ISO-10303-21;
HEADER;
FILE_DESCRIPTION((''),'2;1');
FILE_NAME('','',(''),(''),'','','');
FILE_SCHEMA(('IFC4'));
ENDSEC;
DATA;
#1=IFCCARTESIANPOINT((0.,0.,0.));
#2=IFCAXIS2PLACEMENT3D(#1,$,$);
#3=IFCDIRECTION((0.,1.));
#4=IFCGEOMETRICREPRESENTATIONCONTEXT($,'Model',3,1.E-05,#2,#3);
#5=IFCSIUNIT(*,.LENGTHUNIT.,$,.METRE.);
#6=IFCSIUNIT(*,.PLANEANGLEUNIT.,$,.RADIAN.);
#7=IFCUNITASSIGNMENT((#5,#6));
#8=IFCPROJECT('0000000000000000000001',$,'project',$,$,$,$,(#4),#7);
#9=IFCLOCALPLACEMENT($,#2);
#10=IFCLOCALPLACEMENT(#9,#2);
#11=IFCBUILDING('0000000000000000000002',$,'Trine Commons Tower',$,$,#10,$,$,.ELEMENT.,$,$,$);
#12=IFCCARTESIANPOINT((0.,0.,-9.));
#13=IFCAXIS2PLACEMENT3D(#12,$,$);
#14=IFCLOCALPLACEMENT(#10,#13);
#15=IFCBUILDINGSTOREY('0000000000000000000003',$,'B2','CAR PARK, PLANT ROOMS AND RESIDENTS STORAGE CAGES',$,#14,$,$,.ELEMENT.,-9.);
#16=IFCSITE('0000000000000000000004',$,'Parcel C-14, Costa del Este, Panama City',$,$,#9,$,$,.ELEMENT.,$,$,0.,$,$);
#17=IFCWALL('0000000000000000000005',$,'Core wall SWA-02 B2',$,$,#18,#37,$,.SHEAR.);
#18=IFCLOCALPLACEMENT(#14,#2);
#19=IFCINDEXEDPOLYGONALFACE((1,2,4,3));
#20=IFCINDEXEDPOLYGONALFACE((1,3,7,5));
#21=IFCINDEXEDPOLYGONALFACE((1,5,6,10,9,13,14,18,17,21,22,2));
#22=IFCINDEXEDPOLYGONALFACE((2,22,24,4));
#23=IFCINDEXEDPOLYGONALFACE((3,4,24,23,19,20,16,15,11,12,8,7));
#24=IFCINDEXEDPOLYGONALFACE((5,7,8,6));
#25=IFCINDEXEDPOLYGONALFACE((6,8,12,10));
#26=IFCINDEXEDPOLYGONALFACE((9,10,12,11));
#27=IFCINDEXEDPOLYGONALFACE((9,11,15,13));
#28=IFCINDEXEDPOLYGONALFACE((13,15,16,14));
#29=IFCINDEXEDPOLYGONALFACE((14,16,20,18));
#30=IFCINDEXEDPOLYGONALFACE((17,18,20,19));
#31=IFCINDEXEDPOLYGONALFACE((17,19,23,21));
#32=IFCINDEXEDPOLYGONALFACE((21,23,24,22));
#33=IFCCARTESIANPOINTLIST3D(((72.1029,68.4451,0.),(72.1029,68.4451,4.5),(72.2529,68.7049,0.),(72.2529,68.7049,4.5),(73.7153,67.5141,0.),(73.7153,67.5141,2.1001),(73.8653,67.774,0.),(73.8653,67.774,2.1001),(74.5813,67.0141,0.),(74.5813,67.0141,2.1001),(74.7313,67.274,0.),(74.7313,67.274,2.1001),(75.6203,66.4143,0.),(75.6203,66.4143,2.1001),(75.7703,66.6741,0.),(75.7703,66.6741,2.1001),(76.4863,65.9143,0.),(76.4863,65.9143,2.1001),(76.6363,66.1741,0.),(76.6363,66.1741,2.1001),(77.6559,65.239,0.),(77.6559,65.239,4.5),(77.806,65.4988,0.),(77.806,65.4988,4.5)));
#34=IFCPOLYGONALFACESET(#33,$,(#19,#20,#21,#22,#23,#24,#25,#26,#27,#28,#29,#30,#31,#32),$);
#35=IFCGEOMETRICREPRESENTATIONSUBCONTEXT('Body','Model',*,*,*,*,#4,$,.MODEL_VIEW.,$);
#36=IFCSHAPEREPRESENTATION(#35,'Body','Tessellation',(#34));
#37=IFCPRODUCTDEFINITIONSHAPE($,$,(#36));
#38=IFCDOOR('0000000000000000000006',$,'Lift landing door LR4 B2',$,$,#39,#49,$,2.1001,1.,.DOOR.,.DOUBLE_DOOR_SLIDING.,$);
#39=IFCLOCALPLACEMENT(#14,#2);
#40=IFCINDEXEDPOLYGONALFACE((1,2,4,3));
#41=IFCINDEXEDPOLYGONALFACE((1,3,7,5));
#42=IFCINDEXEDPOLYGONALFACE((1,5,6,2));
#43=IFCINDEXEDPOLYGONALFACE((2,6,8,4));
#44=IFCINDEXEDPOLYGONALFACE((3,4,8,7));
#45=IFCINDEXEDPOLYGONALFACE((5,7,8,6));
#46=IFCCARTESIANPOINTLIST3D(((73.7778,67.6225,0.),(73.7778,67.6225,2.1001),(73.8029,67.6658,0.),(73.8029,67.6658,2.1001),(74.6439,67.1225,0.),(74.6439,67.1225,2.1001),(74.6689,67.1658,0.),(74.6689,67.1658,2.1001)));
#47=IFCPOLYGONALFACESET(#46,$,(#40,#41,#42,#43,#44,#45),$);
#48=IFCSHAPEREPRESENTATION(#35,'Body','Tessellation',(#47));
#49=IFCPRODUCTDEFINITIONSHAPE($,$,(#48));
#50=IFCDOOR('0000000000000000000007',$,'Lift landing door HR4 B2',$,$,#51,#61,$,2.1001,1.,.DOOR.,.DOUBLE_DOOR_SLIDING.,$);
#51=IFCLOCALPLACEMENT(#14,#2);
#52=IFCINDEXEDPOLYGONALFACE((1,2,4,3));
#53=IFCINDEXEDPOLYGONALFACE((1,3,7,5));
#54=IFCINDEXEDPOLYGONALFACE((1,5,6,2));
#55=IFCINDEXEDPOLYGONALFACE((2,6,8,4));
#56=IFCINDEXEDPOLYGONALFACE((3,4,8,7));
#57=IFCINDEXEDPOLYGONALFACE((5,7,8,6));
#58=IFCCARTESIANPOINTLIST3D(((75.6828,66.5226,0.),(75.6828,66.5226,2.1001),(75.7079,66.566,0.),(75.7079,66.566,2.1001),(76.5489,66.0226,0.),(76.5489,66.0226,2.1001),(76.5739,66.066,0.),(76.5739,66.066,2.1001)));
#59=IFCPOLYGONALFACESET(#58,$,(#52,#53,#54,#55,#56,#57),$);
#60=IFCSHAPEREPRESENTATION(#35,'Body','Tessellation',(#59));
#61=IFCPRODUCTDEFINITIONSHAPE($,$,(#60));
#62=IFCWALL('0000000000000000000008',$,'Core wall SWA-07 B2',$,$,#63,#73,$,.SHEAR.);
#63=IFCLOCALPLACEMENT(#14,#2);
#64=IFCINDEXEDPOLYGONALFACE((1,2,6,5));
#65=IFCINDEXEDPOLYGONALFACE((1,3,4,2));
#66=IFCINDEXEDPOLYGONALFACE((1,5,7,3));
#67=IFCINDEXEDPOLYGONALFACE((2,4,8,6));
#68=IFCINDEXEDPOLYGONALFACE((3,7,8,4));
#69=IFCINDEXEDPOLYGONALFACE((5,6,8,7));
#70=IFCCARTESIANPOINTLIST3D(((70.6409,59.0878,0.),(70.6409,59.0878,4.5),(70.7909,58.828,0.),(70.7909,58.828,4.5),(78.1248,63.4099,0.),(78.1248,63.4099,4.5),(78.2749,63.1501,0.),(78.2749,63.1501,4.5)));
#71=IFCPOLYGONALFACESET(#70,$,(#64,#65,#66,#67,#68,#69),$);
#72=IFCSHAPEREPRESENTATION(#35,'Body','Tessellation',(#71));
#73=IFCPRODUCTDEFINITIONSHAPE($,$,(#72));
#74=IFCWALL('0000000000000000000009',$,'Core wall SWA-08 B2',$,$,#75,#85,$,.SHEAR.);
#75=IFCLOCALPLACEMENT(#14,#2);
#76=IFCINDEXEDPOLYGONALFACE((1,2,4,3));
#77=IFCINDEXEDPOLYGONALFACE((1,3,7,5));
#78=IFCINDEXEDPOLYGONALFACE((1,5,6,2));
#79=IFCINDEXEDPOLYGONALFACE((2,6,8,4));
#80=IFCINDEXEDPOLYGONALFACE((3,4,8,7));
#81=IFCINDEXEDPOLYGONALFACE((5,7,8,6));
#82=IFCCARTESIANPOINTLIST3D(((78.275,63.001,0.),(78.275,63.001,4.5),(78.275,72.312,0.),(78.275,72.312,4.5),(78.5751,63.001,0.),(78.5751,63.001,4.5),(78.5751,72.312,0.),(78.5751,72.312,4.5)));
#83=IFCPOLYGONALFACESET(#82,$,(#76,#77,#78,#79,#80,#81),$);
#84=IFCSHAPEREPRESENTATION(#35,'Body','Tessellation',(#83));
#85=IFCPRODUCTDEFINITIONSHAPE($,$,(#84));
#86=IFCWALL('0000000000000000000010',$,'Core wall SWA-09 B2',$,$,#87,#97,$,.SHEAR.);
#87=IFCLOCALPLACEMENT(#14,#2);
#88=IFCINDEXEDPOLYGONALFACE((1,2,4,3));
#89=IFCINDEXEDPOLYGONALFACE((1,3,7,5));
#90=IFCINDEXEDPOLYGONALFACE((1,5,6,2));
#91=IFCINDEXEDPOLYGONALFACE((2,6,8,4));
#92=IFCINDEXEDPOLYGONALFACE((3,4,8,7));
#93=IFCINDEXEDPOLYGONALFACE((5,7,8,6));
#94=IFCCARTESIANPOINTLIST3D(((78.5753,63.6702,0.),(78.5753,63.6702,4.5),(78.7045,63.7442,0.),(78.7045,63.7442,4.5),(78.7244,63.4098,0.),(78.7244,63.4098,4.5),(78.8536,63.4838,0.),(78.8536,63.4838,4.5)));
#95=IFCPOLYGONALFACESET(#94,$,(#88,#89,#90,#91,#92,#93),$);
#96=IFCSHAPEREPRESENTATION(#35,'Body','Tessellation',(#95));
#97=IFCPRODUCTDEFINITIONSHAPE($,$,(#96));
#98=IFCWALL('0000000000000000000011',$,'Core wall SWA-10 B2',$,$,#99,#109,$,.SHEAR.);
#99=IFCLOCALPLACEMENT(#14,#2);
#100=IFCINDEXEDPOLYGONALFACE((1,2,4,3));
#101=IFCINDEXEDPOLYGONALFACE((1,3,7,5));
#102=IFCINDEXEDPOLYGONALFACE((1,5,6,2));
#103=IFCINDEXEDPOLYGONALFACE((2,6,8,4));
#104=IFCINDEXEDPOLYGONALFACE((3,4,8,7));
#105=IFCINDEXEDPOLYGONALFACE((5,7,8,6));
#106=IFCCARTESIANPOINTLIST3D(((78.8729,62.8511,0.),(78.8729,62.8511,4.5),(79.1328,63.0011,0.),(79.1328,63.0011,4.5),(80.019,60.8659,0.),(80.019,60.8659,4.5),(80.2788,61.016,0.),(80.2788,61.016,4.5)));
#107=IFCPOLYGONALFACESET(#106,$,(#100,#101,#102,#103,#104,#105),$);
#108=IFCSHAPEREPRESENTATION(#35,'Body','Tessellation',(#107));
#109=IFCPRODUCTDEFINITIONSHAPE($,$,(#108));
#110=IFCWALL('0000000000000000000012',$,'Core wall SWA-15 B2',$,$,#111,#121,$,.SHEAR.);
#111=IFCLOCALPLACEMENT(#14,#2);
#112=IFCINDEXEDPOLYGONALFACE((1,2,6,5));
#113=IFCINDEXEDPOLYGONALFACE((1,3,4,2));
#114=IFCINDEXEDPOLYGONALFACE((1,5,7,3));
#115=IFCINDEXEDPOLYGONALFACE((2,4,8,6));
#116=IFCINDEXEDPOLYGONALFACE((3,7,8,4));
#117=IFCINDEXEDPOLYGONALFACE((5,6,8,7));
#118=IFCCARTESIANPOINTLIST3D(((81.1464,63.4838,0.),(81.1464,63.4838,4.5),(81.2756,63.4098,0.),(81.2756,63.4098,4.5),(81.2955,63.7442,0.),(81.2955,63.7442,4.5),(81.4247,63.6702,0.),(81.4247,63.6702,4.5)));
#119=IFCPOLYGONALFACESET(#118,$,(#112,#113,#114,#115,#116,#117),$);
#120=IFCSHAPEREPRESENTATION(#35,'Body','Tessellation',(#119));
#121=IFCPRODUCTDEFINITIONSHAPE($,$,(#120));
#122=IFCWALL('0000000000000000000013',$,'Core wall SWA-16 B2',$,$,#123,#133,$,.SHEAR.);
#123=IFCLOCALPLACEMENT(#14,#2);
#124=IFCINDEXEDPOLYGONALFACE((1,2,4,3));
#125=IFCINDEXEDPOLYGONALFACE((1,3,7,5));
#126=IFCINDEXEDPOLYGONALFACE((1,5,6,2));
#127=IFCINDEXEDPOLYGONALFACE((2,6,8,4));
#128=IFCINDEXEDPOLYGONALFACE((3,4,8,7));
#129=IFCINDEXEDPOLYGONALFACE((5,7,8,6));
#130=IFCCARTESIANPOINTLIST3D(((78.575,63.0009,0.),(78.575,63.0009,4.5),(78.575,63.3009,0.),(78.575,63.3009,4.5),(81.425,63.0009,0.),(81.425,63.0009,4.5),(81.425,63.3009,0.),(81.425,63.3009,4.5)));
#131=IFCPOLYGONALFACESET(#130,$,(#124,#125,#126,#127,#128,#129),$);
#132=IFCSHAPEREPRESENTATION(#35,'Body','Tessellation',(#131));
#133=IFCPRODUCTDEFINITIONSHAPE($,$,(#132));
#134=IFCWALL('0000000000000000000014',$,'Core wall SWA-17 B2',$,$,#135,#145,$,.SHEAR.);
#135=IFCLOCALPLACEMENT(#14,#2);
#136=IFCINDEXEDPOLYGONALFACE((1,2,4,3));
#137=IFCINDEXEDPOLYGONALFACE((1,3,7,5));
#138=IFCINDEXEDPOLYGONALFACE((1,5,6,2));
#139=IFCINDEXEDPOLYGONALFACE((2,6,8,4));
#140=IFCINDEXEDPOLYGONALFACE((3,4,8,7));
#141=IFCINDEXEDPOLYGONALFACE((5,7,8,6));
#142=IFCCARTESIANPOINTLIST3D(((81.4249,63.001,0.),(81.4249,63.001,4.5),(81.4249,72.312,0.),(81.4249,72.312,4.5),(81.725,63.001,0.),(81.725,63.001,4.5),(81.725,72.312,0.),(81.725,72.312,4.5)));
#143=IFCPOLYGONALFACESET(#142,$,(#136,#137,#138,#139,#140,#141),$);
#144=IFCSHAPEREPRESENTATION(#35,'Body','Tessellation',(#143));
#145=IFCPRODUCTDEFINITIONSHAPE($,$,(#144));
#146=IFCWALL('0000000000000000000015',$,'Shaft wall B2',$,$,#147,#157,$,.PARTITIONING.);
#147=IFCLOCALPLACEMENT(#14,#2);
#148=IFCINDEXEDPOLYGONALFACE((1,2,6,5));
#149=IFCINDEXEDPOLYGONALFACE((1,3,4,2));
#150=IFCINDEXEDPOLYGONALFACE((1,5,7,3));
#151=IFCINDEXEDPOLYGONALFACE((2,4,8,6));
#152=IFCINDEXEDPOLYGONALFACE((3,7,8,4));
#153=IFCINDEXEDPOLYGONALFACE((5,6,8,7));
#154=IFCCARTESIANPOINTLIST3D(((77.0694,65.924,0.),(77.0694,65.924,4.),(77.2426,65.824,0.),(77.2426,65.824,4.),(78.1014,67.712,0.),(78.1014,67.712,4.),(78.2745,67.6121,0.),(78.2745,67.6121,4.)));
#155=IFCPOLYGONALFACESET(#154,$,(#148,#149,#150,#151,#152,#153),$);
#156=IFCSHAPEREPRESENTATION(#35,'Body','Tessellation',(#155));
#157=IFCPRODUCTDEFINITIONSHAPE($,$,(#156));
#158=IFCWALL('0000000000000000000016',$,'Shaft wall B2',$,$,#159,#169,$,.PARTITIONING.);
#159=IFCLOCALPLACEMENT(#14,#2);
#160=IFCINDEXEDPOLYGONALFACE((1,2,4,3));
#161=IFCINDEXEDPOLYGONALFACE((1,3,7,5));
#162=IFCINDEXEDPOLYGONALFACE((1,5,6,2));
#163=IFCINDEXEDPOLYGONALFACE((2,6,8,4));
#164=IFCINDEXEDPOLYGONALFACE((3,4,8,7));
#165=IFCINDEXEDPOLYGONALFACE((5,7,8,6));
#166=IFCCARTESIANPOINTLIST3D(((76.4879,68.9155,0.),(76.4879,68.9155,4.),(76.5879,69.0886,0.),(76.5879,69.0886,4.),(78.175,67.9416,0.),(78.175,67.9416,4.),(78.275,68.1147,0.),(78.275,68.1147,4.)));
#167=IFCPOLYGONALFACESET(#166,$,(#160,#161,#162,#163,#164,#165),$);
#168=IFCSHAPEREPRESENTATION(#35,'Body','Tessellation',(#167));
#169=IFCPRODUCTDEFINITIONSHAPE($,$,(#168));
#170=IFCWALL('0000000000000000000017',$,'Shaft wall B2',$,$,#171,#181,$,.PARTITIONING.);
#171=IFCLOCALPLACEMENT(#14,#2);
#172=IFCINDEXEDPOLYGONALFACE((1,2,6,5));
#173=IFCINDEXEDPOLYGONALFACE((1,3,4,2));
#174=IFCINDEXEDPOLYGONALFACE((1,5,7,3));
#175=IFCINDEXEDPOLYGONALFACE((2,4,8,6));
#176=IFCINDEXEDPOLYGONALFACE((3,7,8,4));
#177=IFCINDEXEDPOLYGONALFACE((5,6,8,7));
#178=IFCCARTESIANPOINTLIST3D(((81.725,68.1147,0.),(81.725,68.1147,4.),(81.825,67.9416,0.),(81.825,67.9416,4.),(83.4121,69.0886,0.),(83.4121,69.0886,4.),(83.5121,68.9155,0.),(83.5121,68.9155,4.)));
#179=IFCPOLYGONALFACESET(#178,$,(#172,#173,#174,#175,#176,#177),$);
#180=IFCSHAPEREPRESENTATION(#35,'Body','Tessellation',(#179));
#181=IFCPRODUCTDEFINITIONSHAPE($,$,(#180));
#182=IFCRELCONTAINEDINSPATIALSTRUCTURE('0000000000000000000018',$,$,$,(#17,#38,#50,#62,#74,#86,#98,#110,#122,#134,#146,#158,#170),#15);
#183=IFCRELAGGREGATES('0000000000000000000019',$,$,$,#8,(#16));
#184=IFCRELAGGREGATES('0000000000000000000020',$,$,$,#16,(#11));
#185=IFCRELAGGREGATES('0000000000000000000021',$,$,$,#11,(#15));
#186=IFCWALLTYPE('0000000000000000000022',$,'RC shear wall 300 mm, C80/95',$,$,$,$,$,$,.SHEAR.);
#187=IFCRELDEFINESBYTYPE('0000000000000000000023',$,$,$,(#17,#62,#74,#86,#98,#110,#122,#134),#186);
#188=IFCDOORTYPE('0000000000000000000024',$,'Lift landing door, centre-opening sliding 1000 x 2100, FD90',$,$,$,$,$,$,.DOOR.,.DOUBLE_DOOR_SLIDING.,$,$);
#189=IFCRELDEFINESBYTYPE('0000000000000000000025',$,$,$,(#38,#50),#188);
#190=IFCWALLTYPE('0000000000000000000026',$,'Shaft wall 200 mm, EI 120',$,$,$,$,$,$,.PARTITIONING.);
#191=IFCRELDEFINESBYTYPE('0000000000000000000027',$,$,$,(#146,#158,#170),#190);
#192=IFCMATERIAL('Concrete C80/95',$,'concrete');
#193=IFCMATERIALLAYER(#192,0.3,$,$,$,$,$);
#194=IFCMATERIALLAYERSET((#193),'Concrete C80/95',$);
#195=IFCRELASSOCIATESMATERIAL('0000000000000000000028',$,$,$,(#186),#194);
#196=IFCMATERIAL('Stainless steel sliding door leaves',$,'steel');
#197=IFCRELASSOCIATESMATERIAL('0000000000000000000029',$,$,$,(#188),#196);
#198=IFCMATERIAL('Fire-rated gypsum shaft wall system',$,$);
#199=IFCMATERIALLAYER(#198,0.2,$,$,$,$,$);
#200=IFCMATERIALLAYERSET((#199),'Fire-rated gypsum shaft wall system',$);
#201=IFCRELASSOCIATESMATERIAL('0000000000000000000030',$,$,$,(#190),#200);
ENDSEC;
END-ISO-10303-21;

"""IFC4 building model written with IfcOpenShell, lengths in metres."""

from ifc_helpers import new_model, si_unit, direction, frame, frame_2d, origin, place, context, subcontext, project, spatial, rectangle, extrude, material, layer, layer_set, type_object, element, fill, save


model = new_model("IFC4")

# Units and contexts
model_context = context("Model", 3, precision=1e-05, world=origin(), true_north=direction((0.0, 1.0)))
body_context = subcontext(model_context, "Body", "Model", "MODEL_VIEW")
ifc_project = project(units=[si_unit("LENGTHUNIT", "METRE"), si_unit("PLANEANGLEUNIT", "RADIAN")], contexts=[model_context])

# Site, building, storey
site_placement = place(None, origin())
site = spatial("IfcSite", under=ifc_project, at=site_placement, Name="Parcel C-14, Costa del Este, Panama City", CompositionType="ELEMENT", RefElevation=0.0)
building_placement = place(site_placement, origin())
building = spatial("IfcBuilding", under=site, at=building_placement, Name="Trine Commons Tower", CompositionType="ELEMENT")
storey_placement = place(building_placement, frame((0.0, 0.0, -9.0)))
storey = spatial("IfcBuildingStorey", under=building, at=storey_placement, Name="B2", Description="CAR PARK, PLANT ROOMS AND RESIDENTS STORAGE CAGES", CompositionType="ELEMENT", Elevation=-9.0)

# Shared definitions
ifc_material_1 = material(Name="Fire-rated gypsum shaft wall system")

# Wall, openings, doors
ifc_material_2 = material(Name="Concrete C80/95", Category="concrete")
ifc_layer_1 = layer(ifc_material_2, 0.3)
ifc_layer_set_1 = layer_set([ifc_layer_1], Name="Concrete C80/95")
wall_type_1 = type_object("IfcWallType", Name="RC shear wall 300 mm, C80/95", PredefinedType="SHEAR", material=ifc_layer_set_1)
ifc_material_3 = material(Name="Stainless steel sliding door leaves", Category="steel")
door_type_1 = type_object("IfcDoorType", Name="Lift landing door, centre-opening sliding 1000 x 2100, FD90", OperationType="DOUBLE_DOOR_SLIDING", PredefinedType="DOOR", material=ifc_material_3)
wall_1_placement = place(storey_placement, frame((77.731, 65.3689, 0.0), z_axis=(0.0, 0.0, 1.0), x_axis=(-0.866023, 0.500005, 0.0)))
wall_1 = element("IfcWall", 1, at=wall_1_placement, inside=storey, type_object=wall_type_1, Name="Core wall SWA-02 B2", PredefinedType="SHEAR", context=body_context, shape_type="SweptSolid", body=[
    extrude(rectangle(XDim=6.4121, YDim=0.3, at=frame_2d((3.2061, 0.0))), origin(), (0.0, 0.0, 1.0), 4.5),
])
opening_1_placement = place(wall_1_placement, frame((3.5503, 0.0, 0.0)))
opening_1 = element("IfcOpeningElement", 2, at=opening_1_placement, cuts=wall_1, PredefinedType="OPENING", context=body_context, shape_type="SweptSolid", body=[
    extrude(rectangle(XDim=1.0, YDim=2.1001, at=frame_2d((0.5, 1.05))), frame((0.0, 0.1599, 0.0), z_axis=(0.0, -1.0, 0.0), x_axis=(1.0, 0.0, 0.0)), (0.0, 0.0, 1.0), 0.3201),
])
opening_2_placement = place(wall_1_placement, frame((1.3506, 0.0, 0.0)))
opening_2 = element("IfcOpeningElement", 3, at=opening_2_placement, cuts=wall_1, PredefinedType="OPENING", context=body_context, shape_type="SweptSolid", body=[
    extrude(rectangle(XDim=1.0, YDim=2.1001, at=frame_2d((0.5, 1.05))), frame((0.0, 0.1599, 0.0), z_axis=(0.0, -1.0, 0.0), x_axis=(1.0, 0.0, 0.0)), (0.0, 0.0, 1.0), 0.3201),
])
door_1_placement = place(opening_1_placement, origin())
door_1 = element("IfcDoor", 4, at=door_1_placement, inside=storey, type_object=door_type_1, Name="Lift landing door LR4 B2", OperationType="DOUBLE_DOOR_SLIDING", OverallHeight=2.1001, OverallWidth=1.0, PredefinedType="DOOR", context=body_context, shape_type="SweptSolid", body=[
    extrude(rectangle(XDim=1.0, YDim=2.1001, at=frame_2d((0.5, 1.05))), frame((0.0, 0.0249, 0.0), z_axis=(0.0, -1.0, 0.0), x_axis=(1.0, 0.0, 0.0)), (0.0, 0.0, 1.0), 0.05),
])
fill(opening_1, door_1)
door_2_placement = place(opening_2_placement, origin())
door_2 = element("IfcDoor", 5, at=door_2_placement, inside=storey, type_object=door_type_1, Name="Lift landing door HR4 B2", OperationType="DOUBLE_DOOR_SLIDING", OverallHeight=2.1001, OverallWidth=1.0, PredefinedType="DOOR", context=body_context, shape_type="SweptSolid", body=[
    extrude(rectangle(XDim=1.0, YDim=2.1001, at=frame_2d((0.5, 1.05))), frame((0.0, 0.0249, 0.0), z_axis=(0.0, -1.0, 0.0), x_axis=(1.0, 0.0, 0.0)), (0.0, 0.0, 1.0), 0.05),
])
fill(opening_2, door_2)

# Walls
wall_2_placement = place(storey_placement, frame((78.2, 63.28, 0.0), z_axis=(0.0, 0.0, 1.0), x_axis=(-0.865965, -0.500104, 0.0)))
element("IfcWall", 6, at=wall_2_placement, inside=storey, type_object=wall_type_1, Name="Core wall SWA-07 B2", PredefinedType="SHEAR", context=body_context, shape_type="SweptSolid", body=[
    extrude(rectangle(XDim=8.6423, YDim=0.3, at=frame_2d((4.3213, 0.0))), origin(), (0.0, 0.0, 1.0), 4.5),
])
wall_3_placement = place(storey_placement, frame((78.425, 63.001, 0.0), z_axis=(0.0, 0.0, 1.0), x_axis=(0.0, 1.0, 0.0)))
element("IfcWall", 7, at=wall_3_placement, inside=storey, type_object=wall_type_1, Name="Core wall SWA-08 B2", PredefinedType="SHEAR", context=body_context, shape_type="SweptSolid", body=[
    extrude(rectangle(XDim=9.311, YDim=0.3, at=frame_2d((4.6555, 0.0))), origin(), (0.0, 0.0, 1.0), 4.5),
])
wall_4_placement = place(storey_placement, frame((78.7791, 63.614, 0.0), z_axis=(0.0, 0.0, 1.0), x_axis=(-0.867738, -0.497022, 0.0)))
element("IfcWall", 8, at=wall_4_placement, inside=storey, type_object=wall_type_1, Name="Core wall SWA-09 B2", PredefinedType="SHEAR", context=body_context, shape_type="SweptSolid", body=[
    extrude(rectangle(XDim=0.1489, YDim=0.3, at=frame_2d((0.0745, 0.0))), origin(), (0.0, 0.0, 1.0), 4.5),
])
wall_5_placement = place(storey_placement, frame((79.0029, 62.926, 0.0), z_axis=(0.0, 0.0, 1.0), x_axis=(0.499965, -0.866045, 0.0)))
element("IfcWall", 9, at=wall_5_placement, inside=storey, type_object=wall_type_1, Name="Core wall SWA-10 B2", PredefinedType="SHEAR", context=body_context, shape_type="SweptSolid", body=[
    extrude(rectangle(XDim=2.2922, YDim=0.3, at=frame_2d((1.146, 0.0))), origin(), (0.0, 0.0, 1.0), 4.5),
])
wall_6_placement = place(storey_placement, frame((81.2209, 63.614, 0.0), z_axis=(0.0, 0.0, 1.0), x_axis=(0.867738, -0.497022, 0.0)))
element("IfcWall", 10, at=wall_6_placement, inside=storey, type_object=wall_type_1, Name="Core wall SWA-15 B2", PredefinedType="SHEAR", context=body_context, shape_type="SweptSolid", body=[
    extrude(rectangle(XDim=0.1489, YDim=0.3, at=frame_2d((0.0745, 0.0))), origin(), (0.0, 0.0, 1.0), 4.5),
])
wall_7_placement = place(storey_placement, frame((81.425, 63.1509, 0.0), z_axis=(0.0, 0.0, 1.0), x_axis=(-1.0, 0.0, 0.0)))
element("IfcWall", 11, at=wall_7_placement, inside=storey, type_object=wall_type_1, Name="Core wall SWA-16 B2", PredefinedType="SHEAR", context=body_context, shape_type="SweptSolid", body=[
    extrude(rectangle(XDim=2.8501, YDim=0.3, at=frame_2d((1.425, 0.0))), origin(), (0.0, 0.0, 1.0), 4.5),
])
wall_8_placement = place(storey_placement, frame((81.575, 63.001, 0.0), z_axis=(0.0, 0.0, 1.0), x_axis=(0.0, 1.0, 0.0)))
element("IfcWall", 12, at=wall_8_placement, inside=storey, type_object=wall_type_1, Name="Core wall SWA-17 B2", PredefinedType="SHEAR", context=body_context, shape_type="SweptSolid", body=[
    extrude(rectangle(XDim=9.311, YDim=0.3, at=frame_2d((4.6555, 0.0))), origin(), (0.0, 0.0, 1.0), 4.5),
])
ifc_layer_2 = layer(ifc_material_1, 0.2)
ifc_layer_set_2 = layer_set([ifc_layer_2], Name="Fire-rated gypsum shaft wall system")
wall_type_2 = type_object("IfcWallType", Name="Shaft wall 200 mm, EI 120", PredefinedType="PARTITIONING", material=ifc_layer_set_2)
wall_9_placement = place(storey_placement, frame((77.156, 65.874, 0.0), z_axis=(0.0, 0.0, 1.0), x_axis=(0.499866, 0.866103, 0.0)))
element("IfcWall", 13, at=wall_9_placement, inside=storey, type_object=wall_type_2, Name="Shaft wall B2", PredefinedType="PARTITIONING", context=body_context, shape_type="SweptSolid", body=[
    extrude(rectangle(XDim=2.0645, YDim=0.2, at=frame_2d((1.0322, 0.0))), origin(), (0.0, 0.0, 1.0), 4.0),
])
for number, where, z_axis, x_axis, name in (
    (14, (78.2251, 68.0281, 0.0), (0.0, 0.0, 1.0), (-0.866052, 0.499954, 0.0), "Shaft wall B2"),
    (15, (81.7749, 68.0281, 0.0), (0.0, 0.0, 1.0), (0.866052, 0.499954, 0.0), "Shaft wall B2"),
):
    element("IfcWall", number, at=place(storey_placement, frame(where, z_axis=z_axis, x_axis=x_axis)), inside=storey, type_object=wall_type_2, Name=name, PredefinedType="PARTITIONING", context=body_context, shape_type="SweptSolid", body=[
        extrude(rectangle(XDim=1.948, YDim=0.2, at=frame_2d((0.9741, 0.0))), origin(), (0.0, 0.0, 1.0), 4.0),
    ])

save(model, "model.ifc")
